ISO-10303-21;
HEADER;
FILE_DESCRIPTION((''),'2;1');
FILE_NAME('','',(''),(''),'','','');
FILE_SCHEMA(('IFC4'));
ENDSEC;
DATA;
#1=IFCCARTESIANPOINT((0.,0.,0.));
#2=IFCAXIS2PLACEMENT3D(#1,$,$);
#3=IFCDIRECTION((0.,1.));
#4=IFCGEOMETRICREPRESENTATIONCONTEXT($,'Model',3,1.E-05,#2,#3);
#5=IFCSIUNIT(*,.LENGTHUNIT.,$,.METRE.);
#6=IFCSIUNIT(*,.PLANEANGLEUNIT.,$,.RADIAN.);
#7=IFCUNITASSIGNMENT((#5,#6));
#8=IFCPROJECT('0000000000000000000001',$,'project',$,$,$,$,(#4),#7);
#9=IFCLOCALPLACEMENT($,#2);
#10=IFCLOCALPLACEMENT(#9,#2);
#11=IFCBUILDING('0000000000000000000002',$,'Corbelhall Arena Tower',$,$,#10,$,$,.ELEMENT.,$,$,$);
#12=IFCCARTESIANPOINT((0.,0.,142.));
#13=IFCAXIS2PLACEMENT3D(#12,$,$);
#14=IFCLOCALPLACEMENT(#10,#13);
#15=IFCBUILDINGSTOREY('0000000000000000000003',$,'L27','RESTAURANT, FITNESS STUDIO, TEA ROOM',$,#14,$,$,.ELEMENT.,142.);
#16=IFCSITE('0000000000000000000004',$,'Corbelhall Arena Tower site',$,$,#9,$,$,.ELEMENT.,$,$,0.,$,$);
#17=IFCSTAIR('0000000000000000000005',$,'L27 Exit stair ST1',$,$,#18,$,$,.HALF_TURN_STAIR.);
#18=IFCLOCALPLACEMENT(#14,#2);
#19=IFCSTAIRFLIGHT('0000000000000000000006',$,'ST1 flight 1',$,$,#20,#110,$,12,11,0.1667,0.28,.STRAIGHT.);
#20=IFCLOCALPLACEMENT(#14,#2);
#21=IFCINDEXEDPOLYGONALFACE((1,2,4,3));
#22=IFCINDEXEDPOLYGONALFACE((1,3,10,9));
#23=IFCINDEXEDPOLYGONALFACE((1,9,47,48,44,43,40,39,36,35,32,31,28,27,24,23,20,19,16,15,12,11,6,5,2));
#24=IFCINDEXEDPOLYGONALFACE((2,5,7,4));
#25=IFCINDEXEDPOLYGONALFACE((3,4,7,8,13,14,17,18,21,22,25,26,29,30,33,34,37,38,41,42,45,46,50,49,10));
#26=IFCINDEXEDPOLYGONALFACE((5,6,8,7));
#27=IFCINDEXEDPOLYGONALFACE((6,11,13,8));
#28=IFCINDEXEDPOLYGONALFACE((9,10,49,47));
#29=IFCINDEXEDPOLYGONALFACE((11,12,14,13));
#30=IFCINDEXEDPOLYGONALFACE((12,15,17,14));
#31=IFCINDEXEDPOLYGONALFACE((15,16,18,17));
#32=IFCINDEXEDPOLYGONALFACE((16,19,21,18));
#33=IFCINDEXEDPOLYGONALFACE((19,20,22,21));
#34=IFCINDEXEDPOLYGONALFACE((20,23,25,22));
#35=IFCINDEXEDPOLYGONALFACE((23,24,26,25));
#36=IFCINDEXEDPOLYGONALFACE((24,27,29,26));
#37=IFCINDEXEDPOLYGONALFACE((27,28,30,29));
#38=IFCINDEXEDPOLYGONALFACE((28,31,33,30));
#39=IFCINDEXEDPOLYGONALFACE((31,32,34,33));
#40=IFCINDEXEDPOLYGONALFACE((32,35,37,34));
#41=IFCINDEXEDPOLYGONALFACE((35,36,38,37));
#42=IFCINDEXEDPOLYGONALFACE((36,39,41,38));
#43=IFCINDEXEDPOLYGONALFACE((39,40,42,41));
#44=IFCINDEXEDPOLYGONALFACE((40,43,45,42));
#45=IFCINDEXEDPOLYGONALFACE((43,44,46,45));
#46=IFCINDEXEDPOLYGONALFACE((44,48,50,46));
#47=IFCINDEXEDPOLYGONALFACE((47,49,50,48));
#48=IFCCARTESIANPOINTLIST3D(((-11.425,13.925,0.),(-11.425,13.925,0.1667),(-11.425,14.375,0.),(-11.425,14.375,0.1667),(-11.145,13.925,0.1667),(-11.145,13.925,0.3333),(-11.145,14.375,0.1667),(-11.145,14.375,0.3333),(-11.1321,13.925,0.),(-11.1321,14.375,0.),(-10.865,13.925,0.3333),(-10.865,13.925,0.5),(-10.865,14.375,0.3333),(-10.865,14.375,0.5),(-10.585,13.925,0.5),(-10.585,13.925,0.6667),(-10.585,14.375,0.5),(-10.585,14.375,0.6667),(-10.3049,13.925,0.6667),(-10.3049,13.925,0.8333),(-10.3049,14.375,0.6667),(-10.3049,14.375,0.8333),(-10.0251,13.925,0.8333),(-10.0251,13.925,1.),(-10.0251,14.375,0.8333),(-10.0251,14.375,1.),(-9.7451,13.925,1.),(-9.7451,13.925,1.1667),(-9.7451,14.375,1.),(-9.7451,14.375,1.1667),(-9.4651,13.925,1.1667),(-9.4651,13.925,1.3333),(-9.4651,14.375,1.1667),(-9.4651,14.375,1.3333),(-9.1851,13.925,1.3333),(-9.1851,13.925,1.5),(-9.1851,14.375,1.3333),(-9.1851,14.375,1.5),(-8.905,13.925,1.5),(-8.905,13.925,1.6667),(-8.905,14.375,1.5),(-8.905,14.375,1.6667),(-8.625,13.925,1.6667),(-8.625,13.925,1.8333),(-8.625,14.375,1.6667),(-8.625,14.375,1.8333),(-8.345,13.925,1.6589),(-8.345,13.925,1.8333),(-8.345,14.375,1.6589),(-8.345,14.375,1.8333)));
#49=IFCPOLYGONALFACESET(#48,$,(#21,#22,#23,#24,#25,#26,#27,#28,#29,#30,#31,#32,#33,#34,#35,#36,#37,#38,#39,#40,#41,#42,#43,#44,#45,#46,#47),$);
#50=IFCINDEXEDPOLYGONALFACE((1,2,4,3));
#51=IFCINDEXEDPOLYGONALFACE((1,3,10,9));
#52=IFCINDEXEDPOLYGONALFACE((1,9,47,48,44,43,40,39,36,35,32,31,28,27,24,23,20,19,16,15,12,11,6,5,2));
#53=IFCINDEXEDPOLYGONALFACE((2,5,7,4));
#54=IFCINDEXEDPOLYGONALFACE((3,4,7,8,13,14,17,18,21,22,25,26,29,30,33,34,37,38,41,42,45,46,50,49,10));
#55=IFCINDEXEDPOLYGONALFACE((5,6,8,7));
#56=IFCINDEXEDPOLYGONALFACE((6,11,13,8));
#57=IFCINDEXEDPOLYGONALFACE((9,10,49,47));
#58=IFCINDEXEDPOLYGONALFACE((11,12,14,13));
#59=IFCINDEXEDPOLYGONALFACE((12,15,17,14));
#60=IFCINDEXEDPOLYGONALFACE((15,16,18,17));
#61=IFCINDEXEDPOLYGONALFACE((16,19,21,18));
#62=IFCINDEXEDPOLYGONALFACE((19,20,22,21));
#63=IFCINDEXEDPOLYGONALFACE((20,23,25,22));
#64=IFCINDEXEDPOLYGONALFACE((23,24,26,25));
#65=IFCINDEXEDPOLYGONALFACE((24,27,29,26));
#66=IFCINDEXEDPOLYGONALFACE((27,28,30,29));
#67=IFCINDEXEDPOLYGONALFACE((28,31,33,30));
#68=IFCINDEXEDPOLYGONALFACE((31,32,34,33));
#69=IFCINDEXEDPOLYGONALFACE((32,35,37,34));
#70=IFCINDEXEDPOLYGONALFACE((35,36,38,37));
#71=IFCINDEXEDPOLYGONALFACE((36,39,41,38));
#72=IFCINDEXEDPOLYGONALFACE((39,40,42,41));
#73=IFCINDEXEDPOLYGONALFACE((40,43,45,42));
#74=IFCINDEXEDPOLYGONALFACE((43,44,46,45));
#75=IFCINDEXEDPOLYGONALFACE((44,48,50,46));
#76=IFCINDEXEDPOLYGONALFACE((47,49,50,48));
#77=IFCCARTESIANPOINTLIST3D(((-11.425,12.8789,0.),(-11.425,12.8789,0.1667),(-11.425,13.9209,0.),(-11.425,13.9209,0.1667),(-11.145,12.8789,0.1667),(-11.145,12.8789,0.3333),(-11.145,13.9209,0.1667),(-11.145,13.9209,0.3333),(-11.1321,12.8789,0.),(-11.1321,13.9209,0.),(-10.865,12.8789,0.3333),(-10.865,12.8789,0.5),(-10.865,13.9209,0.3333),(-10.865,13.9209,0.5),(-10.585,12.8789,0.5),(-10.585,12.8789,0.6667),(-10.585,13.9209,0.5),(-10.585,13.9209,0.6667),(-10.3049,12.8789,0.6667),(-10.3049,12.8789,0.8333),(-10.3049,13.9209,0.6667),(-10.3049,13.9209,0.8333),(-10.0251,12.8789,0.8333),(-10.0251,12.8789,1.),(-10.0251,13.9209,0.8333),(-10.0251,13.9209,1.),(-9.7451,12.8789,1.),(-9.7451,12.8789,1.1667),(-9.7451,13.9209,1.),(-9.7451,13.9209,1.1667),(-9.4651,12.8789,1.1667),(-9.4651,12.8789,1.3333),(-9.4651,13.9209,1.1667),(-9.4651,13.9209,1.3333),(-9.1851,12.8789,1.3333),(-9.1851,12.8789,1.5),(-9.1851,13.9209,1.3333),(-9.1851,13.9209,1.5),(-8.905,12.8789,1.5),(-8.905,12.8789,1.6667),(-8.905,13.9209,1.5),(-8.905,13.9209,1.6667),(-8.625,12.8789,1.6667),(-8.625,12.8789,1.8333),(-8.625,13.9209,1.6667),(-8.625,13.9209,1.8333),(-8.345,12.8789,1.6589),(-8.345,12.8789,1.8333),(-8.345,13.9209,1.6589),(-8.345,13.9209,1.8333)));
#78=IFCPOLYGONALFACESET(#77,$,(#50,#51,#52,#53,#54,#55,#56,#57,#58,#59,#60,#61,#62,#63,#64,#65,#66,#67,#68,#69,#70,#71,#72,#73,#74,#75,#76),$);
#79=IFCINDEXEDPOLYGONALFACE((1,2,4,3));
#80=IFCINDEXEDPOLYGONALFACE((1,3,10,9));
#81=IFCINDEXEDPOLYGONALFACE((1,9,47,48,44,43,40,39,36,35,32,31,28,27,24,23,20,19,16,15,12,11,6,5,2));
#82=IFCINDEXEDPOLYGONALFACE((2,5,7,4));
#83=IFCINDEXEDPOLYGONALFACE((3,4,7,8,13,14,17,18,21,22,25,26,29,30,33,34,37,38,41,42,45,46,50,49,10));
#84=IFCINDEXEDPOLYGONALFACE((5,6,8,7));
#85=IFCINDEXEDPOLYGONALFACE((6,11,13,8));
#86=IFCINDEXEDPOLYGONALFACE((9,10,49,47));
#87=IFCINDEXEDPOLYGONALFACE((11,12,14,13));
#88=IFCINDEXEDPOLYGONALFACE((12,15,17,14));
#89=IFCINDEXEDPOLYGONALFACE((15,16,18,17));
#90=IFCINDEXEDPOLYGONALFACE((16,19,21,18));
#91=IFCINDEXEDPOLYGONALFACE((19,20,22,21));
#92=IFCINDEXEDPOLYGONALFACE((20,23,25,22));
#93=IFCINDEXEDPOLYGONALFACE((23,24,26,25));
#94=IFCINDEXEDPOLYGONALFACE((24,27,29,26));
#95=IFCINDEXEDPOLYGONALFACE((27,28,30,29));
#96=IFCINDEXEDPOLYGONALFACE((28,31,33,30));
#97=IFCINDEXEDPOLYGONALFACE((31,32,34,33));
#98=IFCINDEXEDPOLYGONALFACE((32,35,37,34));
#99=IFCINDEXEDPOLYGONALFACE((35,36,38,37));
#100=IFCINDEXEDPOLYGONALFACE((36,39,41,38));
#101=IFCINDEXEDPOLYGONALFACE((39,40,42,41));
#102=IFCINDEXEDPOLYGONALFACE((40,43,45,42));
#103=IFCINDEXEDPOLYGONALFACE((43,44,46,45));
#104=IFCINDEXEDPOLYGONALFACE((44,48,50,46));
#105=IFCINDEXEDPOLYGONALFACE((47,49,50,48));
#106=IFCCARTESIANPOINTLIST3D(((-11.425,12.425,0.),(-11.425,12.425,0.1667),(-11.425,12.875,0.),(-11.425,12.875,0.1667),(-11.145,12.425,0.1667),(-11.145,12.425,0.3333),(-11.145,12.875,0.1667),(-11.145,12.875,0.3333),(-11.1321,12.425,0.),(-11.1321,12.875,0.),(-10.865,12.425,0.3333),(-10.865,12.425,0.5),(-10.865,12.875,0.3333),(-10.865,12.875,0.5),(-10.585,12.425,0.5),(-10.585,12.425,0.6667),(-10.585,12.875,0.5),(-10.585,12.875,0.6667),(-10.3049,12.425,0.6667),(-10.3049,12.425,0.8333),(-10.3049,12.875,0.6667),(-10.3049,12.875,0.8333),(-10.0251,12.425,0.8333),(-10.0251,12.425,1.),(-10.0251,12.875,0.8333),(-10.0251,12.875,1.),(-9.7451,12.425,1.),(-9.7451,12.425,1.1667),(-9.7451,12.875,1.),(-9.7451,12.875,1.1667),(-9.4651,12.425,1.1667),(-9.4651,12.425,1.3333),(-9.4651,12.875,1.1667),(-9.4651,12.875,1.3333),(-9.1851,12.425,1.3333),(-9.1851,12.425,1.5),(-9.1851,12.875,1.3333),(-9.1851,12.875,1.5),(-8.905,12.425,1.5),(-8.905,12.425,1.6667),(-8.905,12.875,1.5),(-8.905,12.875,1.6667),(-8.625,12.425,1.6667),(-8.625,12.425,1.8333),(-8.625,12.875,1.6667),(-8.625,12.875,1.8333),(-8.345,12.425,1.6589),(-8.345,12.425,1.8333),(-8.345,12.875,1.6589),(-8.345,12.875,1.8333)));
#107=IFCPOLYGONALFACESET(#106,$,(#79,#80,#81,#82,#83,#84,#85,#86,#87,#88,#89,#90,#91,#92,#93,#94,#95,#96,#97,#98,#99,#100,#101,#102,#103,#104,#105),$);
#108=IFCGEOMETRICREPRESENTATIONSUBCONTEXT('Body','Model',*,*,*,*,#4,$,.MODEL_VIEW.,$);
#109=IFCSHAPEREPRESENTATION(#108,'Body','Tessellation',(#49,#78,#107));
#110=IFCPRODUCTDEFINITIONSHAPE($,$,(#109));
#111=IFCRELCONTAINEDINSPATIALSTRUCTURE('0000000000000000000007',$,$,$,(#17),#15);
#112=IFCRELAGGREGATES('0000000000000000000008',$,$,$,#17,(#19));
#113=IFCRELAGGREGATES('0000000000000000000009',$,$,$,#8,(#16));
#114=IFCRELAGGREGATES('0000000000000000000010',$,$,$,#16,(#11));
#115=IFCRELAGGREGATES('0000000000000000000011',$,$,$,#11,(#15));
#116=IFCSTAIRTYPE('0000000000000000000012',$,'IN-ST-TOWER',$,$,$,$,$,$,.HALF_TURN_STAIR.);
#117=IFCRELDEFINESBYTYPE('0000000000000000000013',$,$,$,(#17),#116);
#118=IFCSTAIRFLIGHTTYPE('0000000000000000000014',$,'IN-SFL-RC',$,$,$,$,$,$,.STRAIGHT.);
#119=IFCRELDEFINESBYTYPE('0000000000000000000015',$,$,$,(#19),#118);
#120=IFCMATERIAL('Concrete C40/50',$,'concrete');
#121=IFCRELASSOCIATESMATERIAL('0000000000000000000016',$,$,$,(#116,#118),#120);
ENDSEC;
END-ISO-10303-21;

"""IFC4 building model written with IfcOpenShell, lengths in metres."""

from ifc_helpers import new_model, si_unit, direction, frame, origin, place, context, subcontext, project, spatial, polyline, outline, extrude, material, type_object, element, aggregate, save


model = new_model("IFC4")

# Units and contexts
model_context = context("Model", 3, precision=1e-05, world=origin(), true_north=direction((0.0, 1.0)))
body_context = subcontext(model_context, "Body", "Model", "MODEL_VIEW")
ifc_project = project(units=[si_unit("LENGTHUNIT", "METRE"), si_unit("PLANEANGLEUNIT", "RADIAN")], contexts=[model_context])

# Site, building, storey
site_placement = place(None, origin())
site = spatial("IfcSite", under=ifc_project, at=site_placement, Name="Corbelhall Arena Tower site", CompositionType="ELEMENT", RefElevation=0.0)
building_placement = place(site_placement, origin())
building = spatial("IfcBuilding", under=site, at=building_placement, Name="Corbelhall Arena Tower", CompositionType="ELEMENT")
storey_placement = place(building_placement, frame((0.0, 0.0, 142.0)))
storey = spatial("IfcBuildingStorey", under=building, at=storey_placement, Name="L27", Description="RESTAURANT, FITNESS STUDIO, TEA ROOM", CompositionType="ELEMENT", Elevation=142.0)

# Shared definitions
ifc_material_1 = material(Name="Concrete C40/50", Category="concrete")

# Stair, stair flight
stair_type = type_object("IfcStairType", Name="IN-ST-TOWER", PredefinedType="HALF_TURN_STAIR", material=ifc_material_1)
stair_placement = place(storey_placement, origin())
stair = element("IfcStair", 1, at=stair_placement, inside=storey, type_object=stair_type, Name="L27 Exit stair ST1", PredefinedType="HALF_TURN_STAIR")
stair_flight_type = type_object("IfcStairFlightType", Name="IN-SFL-RC", PredefinedType="STRAIGHT", material=ifc_material_1)
stair_flight_placement = place(storey_placement, frame((-11.425, 13.3999, 0.0), z_axis=(0.0, 0.0, 1.0), x_axis=(1.0, 0.0, 0.0)))
stair_flight = element("IfcStairFlight", 2, at=stair_flight_placement, type_object=stair_flight_type, Name="ST1 flight 1", NumberOfRisers=12, NumberOfTreads=11, PredefinedType="STRAIGHT", RiserHeight=0.1667, TreadLength=0.28, context=body_context, shape_type="SweptSolid", body=[
    extrude(outline(polyline([(0.0, 0.0), (0.0, 0.1667), (0.28, 0.1667), (0.28, 0.3333), (0.5601, 0.3333), (0.5601, 0.5), (0.8401, 0.5), (0.8401, 0.6667), (1.1201, 0.6667), (1.1201, 0.8333), (1.3999, 0.8333), (1.3999, 1.0), (1.6799, 1.0), (1.6799, 1.1667), (1.96, 1.1667), (1.96, 1.3333), (2.24, 1.3333), (2.24, 1.5), (2.52, 1.5), (2.52, 1.6667), (2.8, 1.6667), (2.8, 1.8333), (3.0801, 1.8333), (3.0801, 2.0), (3.0801, 1.6589), (0.293, 0.0), (0.0, 0.0)])), frame((0.0, 0.9751, 0.0), z_axis=(0.0, -1.0, 0.0), x_axis=(1.0, 0.0, 0.0)), (0.0, 0.0, 1.0), 0.45),
    extrude(outline(polyline([(0.0, 0.0), (0.0, 0.1667), (0.28, 0.1667), (0.28, 0.3333), (0.5601, 0.3333), (0.5601, 0.5), (0.8401, 0.5), (0.8401, 0.6667), (1.1201, 0.6667), (1.1201, 0.8333), (1.3999, 0.8333), (1.3999, 1.0), (1.6799, 1.0), (1.6799, 1.1667), (1.96, 1.1667), (1.96, 1.3333), (2.24, 1.3333), (2.24, 1.5), (2.52, 1.5), (2.52, 1.6667), (2.8, 1.6667), (2.8, 1.8333), (3.0801, 1.8333), (3.0801, 2.0), (3.0801, 1.6589), (0.293, 0.0), (0.0, 0.0)])), frame((0.0, 0.521, 0.0), z_axis=(0.0, -1.0, 0.0), x_axis=(1.0, 0.0, 0.0)), (0.0, 0.0, 1.0), 1.042),
    extrude(outline(polyline([(0.0, 0.0), (0.0, 0.1667), (0.28, 0.1667), (0.28, 0.3333), (0.5601, 0.3333), (0.5601, 0.5), (0.8401, 0.5), (0.8401, 0.6667), (1.1201, 0.6667), (1.1201, 0.8333), (1.3999, 0.8333), (1.3999, 1.0), (1.6799, 1.0), (1.6799, 1.1667), (1.96, 1.1667), (1.96, 1.3333), (2.24, 1.3333), (2.24, 1.5), (2.52, 1.5), (2.52, 1.6667), (2.8, 1.6667), (2.8, 1.8333), (3.0801, 1.8333), (3.0801, 2.0), (3.0801, 1.6589), (0.293, 0.0), (0.0, 0.0)])), frame((0.0, -0.5249, 0.0), z_axis=(0.0, -1.0, 0.0), x_axis=(1.0, 0.0, 0.0)), (0.0, 0.0, 1.0), 0.45),
])
aggregate(stair, [stair_flight])

save(model, "model.ifc")
